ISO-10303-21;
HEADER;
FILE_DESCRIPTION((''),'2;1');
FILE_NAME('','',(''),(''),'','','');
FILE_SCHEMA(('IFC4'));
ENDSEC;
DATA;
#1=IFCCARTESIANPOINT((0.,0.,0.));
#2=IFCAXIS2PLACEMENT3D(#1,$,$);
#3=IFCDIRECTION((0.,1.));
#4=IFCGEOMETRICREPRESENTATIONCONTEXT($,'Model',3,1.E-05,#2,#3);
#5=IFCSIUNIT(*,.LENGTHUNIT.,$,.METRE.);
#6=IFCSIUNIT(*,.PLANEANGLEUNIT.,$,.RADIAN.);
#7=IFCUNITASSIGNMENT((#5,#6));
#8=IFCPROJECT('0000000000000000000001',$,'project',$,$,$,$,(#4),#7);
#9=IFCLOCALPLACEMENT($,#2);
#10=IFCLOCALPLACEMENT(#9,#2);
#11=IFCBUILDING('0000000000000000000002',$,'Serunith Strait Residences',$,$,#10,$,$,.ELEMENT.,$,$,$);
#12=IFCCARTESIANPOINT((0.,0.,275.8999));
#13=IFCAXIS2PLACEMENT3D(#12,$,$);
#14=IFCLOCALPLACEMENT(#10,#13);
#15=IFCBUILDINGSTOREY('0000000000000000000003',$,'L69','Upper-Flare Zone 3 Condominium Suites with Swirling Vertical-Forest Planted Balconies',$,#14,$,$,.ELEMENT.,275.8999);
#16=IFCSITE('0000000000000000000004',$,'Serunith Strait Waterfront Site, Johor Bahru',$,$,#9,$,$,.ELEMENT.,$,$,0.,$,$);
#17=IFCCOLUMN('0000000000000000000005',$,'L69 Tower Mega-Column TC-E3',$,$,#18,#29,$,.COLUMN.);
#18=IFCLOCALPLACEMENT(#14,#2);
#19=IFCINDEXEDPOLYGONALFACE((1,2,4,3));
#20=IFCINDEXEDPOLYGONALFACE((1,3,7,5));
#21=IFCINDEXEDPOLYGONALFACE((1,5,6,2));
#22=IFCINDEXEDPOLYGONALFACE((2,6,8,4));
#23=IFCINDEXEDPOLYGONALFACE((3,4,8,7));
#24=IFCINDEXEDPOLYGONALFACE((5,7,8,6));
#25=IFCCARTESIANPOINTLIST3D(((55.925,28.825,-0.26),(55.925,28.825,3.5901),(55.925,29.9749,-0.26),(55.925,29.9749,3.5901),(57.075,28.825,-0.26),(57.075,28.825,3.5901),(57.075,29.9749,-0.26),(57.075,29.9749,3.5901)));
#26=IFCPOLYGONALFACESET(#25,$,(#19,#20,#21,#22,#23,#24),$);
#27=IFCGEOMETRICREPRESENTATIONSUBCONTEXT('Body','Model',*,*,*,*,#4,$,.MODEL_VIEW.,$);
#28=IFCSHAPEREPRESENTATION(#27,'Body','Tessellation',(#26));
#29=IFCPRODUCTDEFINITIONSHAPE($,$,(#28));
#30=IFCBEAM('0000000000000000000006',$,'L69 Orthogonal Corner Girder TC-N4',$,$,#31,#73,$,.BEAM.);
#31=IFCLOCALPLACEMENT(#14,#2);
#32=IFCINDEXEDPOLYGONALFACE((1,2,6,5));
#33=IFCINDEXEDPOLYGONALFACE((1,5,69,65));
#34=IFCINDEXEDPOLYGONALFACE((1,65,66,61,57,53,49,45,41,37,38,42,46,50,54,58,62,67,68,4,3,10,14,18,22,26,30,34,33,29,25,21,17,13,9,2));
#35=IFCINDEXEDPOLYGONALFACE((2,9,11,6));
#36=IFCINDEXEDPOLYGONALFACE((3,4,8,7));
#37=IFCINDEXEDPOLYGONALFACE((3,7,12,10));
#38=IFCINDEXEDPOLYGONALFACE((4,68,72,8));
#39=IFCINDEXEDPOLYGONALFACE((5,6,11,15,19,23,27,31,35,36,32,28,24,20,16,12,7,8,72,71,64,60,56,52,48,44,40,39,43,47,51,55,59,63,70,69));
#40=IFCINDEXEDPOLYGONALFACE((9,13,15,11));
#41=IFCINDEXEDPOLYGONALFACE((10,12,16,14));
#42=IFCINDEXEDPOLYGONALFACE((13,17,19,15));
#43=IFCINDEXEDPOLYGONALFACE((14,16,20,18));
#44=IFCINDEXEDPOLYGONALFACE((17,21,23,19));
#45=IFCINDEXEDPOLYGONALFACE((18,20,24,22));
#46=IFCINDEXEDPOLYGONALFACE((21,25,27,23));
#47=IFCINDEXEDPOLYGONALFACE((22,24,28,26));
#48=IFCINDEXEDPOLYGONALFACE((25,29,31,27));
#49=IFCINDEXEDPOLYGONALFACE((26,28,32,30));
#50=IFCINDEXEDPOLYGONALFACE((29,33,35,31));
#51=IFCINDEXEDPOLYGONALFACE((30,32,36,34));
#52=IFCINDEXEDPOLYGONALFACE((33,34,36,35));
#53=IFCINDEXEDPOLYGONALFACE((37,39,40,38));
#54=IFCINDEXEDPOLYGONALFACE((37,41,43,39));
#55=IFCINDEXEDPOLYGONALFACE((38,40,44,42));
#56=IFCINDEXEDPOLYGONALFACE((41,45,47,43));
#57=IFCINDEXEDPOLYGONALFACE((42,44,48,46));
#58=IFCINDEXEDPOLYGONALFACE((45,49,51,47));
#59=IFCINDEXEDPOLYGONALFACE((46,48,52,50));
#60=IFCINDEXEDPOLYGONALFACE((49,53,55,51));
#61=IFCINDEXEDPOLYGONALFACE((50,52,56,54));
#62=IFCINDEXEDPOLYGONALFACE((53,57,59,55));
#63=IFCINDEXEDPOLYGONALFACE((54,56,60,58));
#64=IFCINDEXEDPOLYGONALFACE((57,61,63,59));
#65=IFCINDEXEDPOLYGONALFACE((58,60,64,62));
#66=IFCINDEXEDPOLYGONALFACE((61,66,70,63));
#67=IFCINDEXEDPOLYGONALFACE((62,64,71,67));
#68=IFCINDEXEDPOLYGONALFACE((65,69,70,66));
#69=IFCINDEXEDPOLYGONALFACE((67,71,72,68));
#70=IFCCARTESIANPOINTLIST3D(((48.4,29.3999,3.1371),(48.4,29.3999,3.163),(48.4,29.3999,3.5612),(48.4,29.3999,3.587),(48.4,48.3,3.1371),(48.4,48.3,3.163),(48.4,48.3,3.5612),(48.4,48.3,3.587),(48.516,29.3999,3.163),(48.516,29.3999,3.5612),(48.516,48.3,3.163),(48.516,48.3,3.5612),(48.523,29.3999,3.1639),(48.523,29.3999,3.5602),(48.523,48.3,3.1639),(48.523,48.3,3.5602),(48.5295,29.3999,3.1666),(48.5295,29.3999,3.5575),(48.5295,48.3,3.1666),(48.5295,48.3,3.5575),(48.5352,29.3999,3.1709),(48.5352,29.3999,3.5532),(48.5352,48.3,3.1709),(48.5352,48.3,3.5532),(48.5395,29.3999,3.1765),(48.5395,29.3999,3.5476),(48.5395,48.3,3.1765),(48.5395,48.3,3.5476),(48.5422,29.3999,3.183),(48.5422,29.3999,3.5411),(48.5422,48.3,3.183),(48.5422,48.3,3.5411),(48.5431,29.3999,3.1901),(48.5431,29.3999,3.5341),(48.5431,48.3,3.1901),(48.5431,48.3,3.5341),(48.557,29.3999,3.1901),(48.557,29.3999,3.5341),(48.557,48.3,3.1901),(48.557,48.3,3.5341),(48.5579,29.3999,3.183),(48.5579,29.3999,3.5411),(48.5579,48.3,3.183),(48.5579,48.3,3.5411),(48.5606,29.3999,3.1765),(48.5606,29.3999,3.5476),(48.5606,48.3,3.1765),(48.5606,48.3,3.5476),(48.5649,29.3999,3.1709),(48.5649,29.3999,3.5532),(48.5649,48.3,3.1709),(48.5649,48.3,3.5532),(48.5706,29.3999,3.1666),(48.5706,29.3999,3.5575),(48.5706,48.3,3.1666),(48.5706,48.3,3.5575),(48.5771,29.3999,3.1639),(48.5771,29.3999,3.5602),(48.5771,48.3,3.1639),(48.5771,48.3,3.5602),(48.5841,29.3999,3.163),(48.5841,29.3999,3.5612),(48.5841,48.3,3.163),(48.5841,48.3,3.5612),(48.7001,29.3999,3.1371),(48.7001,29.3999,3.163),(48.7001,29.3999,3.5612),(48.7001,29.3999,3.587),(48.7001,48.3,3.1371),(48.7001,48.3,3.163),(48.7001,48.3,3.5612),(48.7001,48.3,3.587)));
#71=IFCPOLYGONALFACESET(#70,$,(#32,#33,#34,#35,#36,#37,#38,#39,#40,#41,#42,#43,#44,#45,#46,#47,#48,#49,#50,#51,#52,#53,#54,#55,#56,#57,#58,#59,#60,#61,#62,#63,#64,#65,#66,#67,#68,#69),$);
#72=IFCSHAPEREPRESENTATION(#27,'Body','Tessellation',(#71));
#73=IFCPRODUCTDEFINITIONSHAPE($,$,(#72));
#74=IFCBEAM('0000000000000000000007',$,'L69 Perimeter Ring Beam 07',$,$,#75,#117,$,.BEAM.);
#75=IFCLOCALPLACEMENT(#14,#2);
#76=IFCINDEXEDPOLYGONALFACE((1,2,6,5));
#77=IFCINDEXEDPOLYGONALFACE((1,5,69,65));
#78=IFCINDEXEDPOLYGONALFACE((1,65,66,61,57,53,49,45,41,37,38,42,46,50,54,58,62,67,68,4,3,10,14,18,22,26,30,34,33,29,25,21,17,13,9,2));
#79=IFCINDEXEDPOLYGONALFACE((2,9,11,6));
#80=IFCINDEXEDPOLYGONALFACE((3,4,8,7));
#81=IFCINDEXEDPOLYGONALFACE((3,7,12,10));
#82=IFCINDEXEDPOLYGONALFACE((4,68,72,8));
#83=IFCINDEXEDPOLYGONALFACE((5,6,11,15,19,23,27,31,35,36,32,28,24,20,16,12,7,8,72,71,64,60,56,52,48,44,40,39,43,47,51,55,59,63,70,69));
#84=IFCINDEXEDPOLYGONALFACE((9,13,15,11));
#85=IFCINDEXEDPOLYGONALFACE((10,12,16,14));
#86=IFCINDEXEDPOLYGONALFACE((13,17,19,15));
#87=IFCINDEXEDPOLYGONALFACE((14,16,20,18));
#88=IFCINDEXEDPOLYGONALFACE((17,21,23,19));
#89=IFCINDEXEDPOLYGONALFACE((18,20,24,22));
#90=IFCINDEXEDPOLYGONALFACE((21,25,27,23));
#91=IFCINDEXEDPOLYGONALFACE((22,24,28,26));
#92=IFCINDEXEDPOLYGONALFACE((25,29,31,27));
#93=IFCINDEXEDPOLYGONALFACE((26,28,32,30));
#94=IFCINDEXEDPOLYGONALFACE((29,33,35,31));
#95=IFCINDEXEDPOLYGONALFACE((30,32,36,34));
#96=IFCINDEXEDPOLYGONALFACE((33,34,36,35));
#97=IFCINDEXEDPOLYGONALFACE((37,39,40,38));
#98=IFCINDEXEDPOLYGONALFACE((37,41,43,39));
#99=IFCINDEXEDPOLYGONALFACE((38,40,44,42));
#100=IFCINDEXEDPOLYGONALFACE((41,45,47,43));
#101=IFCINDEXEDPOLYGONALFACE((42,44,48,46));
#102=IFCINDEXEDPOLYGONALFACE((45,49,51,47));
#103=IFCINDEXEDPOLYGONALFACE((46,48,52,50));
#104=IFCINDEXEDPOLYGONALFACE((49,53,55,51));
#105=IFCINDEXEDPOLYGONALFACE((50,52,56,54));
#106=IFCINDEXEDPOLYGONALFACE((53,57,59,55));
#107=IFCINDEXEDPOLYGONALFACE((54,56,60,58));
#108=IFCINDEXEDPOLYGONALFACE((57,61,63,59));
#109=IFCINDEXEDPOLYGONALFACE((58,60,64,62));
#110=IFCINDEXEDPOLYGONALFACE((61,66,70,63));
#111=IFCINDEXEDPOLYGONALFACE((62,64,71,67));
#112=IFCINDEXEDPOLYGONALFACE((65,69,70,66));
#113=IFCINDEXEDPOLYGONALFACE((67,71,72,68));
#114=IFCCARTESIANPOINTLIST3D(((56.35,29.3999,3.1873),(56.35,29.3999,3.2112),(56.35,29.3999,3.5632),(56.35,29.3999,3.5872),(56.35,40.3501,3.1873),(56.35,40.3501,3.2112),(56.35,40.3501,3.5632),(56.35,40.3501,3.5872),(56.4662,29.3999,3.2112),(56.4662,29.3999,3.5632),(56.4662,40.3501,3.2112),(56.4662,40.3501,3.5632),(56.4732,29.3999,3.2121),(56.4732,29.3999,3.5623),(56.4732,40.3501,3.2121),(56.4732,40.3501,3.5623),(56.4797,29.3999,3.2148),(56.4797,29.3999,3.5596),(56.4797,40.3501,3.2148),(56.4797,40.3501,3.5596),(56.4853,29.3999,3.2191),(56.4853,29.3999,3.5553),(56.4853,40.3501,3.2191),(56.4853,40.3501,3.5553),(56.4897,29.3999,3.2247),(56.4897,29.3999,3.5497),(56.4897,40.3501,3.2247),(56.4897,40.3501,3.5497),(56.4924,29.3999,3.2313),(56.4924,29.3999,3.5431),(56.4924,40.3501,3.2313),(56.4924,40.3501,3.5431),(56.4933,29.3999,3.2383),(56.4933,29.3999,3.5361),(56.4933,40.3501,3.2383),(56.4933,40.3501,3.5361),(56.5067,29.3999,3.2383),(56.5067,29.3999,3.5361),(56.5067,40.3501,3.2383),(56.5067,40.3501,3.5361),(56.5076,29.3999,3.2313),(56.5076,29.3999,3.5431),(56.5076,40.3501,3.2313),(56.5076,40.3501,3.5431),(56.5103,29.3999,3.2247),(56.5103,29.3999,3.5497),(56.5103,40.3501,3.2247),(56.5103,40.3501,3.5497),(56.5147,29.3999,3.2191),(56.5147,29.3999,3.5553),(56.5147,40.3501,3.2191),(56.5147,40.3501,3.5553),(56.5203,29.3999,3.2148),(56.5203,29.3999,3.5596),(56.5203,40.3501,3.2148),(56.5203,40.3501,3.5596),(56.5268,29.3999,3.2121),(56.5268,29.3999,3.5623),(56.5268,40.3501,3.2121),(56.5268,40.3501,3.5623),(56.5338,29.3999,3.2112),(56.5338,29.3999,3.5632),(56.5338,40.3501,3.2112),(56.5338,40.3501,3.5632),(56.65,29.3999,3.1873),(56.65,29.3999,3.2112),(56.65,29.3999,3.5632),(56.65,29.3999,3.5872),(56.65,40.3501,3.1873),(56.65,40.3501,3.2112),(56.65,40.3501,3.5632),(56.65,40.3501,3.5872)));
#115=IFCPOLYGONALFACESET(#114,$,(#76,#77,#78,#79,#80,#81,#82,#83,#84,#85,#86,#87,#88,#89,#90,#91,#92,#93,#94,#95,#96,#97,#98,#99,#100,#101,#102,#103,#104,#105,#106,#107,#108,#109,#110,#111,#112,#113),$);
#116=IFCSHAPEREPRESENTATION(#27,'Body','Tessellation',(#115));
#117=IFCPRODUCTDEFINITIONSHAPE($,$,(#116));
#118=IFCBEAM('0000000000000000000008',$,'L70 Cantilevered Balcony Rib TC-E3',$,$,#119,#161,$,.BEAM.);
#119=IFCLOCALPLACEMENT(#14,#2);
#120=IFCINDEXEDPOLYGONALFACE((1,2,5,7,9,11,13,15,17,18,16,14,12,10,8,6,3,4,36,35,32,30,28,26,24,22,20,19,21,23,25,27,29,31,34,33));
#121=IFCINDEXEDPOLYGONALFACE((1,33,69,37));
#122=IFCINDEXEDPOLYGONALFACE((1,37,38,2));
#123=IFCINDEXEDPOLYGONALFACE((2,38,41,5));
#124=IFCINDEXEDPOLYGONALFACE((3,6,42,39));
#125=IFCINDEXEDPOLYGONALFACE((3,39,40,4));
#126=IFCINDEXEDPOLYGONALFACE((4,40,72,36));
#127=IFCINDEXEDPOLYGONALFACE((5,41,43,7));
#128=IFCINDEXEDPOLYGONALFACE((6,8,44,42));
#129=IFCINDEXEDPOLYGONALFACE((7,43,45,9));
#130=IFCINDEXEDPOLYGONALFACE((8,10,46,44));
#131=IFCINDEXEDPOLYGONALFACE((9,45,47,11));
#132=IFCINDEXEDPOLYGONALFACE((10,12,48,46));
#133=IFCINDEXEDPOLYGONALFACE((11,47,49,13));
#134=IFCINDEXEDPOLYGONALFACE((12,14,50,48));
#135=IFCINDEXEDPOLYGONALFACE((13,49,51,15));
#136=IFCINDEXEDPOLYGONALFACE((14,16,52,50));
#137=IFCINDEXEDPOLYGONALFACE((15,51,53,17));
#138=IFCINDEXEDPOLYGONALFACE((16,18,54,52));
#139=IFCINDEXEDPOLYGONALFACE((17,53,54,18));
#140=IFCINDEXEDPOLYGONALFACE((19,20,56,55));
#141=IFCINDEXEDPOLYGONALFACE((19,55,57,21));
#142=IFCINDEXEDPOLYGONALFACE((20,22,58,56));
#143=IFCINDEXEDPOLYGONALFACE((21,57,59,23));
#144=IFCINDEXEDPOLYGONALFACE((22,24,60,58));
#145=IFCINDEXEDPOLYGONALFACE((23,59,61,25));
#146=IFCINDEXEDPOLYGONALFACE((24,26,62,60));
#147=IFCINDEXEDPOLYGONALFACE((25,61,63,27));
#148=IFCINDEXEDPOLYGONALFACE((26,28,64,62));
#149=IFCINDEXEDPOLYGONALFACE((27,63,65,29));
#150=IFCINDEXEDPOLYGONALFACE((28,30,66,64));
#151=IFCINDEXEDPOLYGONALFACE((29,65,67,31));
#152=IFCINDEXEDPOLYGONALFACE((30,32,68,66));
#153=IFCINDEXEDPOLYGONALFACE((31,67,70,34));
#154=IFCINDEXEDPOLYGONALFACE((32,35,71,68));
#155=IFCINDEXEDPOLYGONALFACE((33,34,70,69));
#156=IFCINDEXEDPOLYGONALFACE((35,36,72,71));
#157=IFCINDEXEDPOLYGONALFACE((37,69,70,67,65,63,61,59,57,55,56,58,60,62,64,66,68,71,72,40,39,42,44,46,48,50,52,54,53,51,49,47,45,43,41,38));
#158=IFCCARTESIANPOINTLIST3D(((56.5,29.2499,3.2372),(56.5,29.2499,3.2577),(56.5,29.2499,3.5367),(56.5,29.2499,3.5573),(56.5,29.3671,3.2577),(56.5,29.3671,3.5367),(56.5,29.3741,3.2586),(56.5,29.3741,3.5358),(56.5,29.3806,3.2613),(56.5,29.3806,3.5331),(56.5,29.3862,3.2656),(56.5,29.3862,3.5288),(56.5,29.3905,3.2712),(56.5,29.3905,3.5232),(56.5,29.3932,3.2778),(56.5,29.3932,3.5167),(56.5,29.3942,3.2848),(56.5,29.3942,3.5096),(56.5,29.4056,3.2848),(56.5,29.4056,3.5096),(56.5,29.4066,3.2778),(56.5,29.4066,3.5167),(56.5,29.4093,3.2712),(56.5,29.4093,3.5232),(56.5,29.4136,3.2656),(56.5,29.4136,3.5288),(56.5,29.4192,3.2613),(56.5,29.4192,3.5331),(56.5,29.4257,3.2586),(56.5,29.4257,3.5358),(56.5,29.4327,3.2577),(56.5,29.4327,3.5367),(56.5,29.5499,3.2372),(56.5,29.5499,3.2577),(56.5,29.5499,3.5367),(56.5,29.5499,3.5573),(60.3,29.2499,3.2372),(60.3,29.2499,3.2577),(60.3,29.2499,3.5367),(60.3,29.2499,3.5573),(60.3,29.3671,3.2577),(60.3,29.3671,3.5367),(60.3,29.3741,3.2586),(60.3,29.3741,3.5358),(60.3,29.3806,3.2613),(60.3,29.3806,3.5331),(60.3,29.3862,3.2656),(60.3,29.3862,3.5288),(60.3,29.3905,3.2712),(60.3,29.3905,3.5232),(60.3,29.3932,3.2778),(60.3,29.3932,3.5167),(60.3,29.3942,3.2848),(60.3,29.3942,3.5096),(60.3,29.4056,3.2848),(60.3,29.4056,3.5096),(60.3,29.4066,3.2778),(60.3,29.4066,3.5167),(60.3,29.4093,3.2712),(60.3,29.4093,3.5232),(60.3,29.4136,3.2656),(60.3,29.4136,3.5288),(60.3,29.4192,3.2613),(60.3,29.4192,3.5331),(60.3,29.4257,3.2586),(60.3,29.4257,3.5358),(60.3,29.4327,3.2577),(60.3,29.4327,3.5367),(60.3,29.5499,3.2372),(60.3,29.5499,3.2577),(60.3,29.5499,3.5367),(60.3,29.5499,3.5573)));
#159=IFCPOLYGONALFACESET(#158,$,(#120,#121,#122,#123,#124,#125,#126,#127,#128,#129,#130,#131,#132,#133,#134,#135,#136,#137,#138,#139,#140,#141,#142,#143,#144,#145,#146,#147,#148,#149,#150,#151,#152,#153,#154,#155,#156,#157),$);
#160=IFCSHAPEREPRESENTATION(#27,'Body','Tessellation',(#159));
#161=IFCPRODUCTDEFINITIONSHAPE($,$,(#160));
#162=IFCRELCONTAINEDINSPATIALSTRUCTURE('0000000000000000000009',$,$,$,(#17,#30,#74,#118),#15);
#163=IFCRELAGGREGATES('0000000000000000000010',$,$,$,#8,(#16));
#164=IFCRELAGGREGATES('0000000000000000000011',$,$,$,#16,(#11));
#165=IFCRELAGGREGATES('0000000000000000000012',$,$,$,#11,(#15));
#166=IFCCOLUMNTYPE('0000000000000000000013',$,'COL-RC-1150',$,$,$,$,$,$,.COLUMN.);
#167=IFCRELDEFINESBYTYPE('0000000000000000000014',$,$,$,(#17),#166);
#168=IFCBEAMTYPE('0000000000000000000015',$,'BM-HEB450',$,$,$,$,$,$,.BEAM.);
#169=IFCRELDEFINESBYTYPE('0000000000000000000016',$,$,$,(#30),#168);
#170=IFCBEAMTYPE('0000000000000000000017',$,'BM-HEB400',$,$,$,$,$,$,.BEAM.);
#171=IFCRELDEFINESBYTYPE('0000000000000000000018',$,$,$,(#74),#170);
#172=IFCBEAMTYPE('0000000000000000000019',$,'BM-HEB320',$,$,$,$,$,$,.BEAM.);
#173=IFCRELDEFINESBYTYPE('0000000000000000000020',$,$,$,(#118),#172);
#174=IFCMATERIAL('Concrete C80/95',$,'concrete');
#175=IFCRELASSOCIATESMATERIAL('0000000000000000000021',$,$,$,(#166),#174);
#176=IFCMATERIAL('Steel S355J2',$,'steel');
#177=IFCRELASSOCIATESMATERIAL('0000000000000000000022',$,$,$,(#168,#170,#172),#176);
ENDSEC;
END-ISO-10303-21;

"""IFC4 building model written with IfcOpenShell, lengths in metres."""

from ifc_helpers import new_model, si_unit, direction, frame, origin, origin_2d, place, context, subcontext, project, spatial, rectangle, i_section, extrude, source, transform, mapped, material, material_profile, profile_set, type_object, element, save


model = new_model("IFC4")

# Units and contexts
model_context = context("Model", 3, precision=1e-05, world=origin(), true_north=direction((0.0, 1.0)))
body_context = subcontext(model_context, "Body", "Model", "MODEL_VIEW")
ifc_project = project(units=[si_unit("LENGTHUNIT", "METRE"), si_unit("PLANEANGLEUNIT", "RADIAN")], contexts=[model_context])

# Site, building, storey
site_placement = place(None, origin())
site = spatial("IfcSite", under=ifc_project, at=site_placement, Name="Serunith Strait Waterfront Site, Johor Bahru", CompositionType="ELEMENT", RefElevation=0.0)
building_placement = place(site_placement, origin())
building = spatial("IfcBuilding", under=site, at=building_placement, Name="Serunith Strait Residences", CompositionType="ELEMENT")
storey_placement = place(building_placement, frame((0.0, 0.0, 275.8999)))
storey = spatial("IfcBuildingStorey", under=building, at=storey_placement, Name="L69", Description="Upper-Flare Zone 3 Condominium Suites with Swirling Vertical-Forest Planted Balconies", CompositionType="ELEMENT", Elevation=275.8999)

# Column
ifc_material_1 = material(Name="Concrete C80/95", Category="concrete")
ifc_material_profile_1 = material_profile(ifc_material_1, rectangle(XDim=1.1499, YDim=1.1499, at=origin_2d()), Name="RC 1150x1150")
ifc_profile_set_1 = profile_set([ifc_material_profile_1], Name="Concrete C80/95")
column_type = type_object("IfcColumnType", Name="COL-RC-1150", PredefinedType="COLUMN", material=ifc_profile_set_1)
shared_shape_1 = source(origin(), body_context, "Body", "SweptSolid", [
    extrude(rectangle(XDim=1.1499, YDim=1.1499, at=origin_2d()), origin(), (0.0, 0.0, 1.0), 3.8501),
])
column_placement = place(storey_placement, frame((56.5, 29.3999, -0.26), z_axis=(0.0, 0.0, 1.0), x_axis=(1.0, 0.0, 0.0)))
element("IfcColumn", 1, at=column_placement, inside=storey, type_object=column_type, Name="L69 Tower Mega-Column TC-E3", PredefinedType="COLUMN", context=body_context, shape_type="MappedRepresentation", body=[
    mapped(shared_shape_1, transform((0.0, 0.0, 0.0), scale=1.0)),
])

# Beams
ifc_material_2 = material(Name="Steel S355J2", Category="steel")
ifc_material_profile_2 = material_profile(ifc_material_2, i_section(OverallWidth=0.3, OverallDepth=0.45, WebThickness=0.0139, FlangeThickness=0.0259, FilletRadius=0.0271, at=origin_2d()), Name="HEB 450")
ifc_profile_set_2 = profile_set([ifc_material_profile_2], Name="Steel S355J2")
beam_type_1 = type_object("IfcBeamType", Name="BM-HEB450", PredefinedType="BEAM", material=ifc_profile_set_2)
shared_shape_2 = source(origin(), body_context, "Body", "SweptSolid", [
    extrude(i_section(OverallWidth=0.3, OverallDepth=0.45, WebThickness=0.0139, FlangeThickness=0.0259, FilletRadius=0.0271, at=origin_2d()), origin(), (0.0, 0.0, 1.0), 18.9001),
])
beam_1_placement = place(storey_placement, frame((48.55, 29.3999, 3.3621), z_axis=(0.0, 1.0, 0.0), x_axis=(-1.0, 0.0, 0.0)))
element("IfcBeam", 2, at=beam_1_placement, inside=storey, type_object=beam_type_1, Name="L69 Orthogonal Corner Girder TC-N4", PredefinedType="BEAM", context=body_context, shape_type="MappedRepresentation", body=[
    mapped(shared_shape_2, transform((0.0, 0.0, 0.0), scale=1.0)),
])
ifc_material_profile_3 = material_profile(ifc_material_2, i_section(OverallWidth=0.3, OverallDepth=0.3999, WebThickness=0.0134, FlangeThickness=0.0239, FilletRadius=0.0271, at=origin_2d()), Name="HEB 400")
ifc_profile_set_3 = profile_set([ifc_material_profile_3], Name="Steel S355J2")
beam_type_2 = type_object("IfcBeamType", Name="BM-HEB400", PredefinedType="BEAM", material=ifc_profile_set_3)
shared_shape_3 = source(origin(), body_context, "Body", "SweptSolid", [
    extrude(i_section(OverallWidth=0.3, OverallDepth=0.3999, WebThickness=0.0134, FlangeThickness=0.0239, FilletRadius=0.0271, at=origin_2d()), origin(), (0.0, 0.0, 1.0), 10.9502),
])
beam_2_placement = place(storey_placement, frame((56.5, 29.3999, 3.3872), z_axis=(0.0, 1.0, 0.0), x_axis=(-1.0, 0.0, 0.0)))
element("IfcBeam", 3, at=beam_2_placement, inside=storey, type_object=beam_type_2, Name="L69 Perimeter Ring Beam 07", PredefinedType="BEAM", context=body_context, shape_type="MappedRepresentation", body=[
    mapped(shared_shape_3, transform((0.0, 0.0, 0.0), scale=1.0)),
])
ifc_material_profile_4 = material_profile(ifc_material_2, i_section(OverallWidth=0.3, OverallDepth=0.3201, WebThickness=0.0115, FlangeThickness=0.0205, FilletRadius=0.0271, at=origin_2d()), Name="HEB 320")
ifc_profile_set_4 = profile_set([ifc_material_profile_4], Name="Steel S355J2")
beam_type_3 = type_object("IfcBeamType", Name="BM-HEB320", PredefinedType="BEAM", material=ifc_profile_set_4)
shared_shape_4 = source(origin(), body_context, "Body", "SweptSolid", [
    extrude(i_section(OverallWidth=0.3, OverallDepth=0.3201, WebThickness=0.0115, FlangeThickness=0.0205, FilletRadius=0.0271, at=origin_2d()), origin(), (0.0, 0.0, 1.0), 3.8),
])
beam_3_placement = place(storey_placement, frame((56.5, 29.3999, 3.3972), z_axis=(1.0, 0.0, 0.0), x_axis=(0.0, 1.0, 0.0)))
element("IfcBeam", 4, at=beam_3_placement, inside=storey, type_object=beam_type_3, Name="L70 Cantilevered Balcony Rib TC-E3", PredefinedType="BEAM", context=body_context, shape_type="MappedRepresentation", body=[
    mapped(shared_shape_4, transform((0.0, 0.0, 0.0), scale=1.0)),
])

save(model, "model.ifc")
